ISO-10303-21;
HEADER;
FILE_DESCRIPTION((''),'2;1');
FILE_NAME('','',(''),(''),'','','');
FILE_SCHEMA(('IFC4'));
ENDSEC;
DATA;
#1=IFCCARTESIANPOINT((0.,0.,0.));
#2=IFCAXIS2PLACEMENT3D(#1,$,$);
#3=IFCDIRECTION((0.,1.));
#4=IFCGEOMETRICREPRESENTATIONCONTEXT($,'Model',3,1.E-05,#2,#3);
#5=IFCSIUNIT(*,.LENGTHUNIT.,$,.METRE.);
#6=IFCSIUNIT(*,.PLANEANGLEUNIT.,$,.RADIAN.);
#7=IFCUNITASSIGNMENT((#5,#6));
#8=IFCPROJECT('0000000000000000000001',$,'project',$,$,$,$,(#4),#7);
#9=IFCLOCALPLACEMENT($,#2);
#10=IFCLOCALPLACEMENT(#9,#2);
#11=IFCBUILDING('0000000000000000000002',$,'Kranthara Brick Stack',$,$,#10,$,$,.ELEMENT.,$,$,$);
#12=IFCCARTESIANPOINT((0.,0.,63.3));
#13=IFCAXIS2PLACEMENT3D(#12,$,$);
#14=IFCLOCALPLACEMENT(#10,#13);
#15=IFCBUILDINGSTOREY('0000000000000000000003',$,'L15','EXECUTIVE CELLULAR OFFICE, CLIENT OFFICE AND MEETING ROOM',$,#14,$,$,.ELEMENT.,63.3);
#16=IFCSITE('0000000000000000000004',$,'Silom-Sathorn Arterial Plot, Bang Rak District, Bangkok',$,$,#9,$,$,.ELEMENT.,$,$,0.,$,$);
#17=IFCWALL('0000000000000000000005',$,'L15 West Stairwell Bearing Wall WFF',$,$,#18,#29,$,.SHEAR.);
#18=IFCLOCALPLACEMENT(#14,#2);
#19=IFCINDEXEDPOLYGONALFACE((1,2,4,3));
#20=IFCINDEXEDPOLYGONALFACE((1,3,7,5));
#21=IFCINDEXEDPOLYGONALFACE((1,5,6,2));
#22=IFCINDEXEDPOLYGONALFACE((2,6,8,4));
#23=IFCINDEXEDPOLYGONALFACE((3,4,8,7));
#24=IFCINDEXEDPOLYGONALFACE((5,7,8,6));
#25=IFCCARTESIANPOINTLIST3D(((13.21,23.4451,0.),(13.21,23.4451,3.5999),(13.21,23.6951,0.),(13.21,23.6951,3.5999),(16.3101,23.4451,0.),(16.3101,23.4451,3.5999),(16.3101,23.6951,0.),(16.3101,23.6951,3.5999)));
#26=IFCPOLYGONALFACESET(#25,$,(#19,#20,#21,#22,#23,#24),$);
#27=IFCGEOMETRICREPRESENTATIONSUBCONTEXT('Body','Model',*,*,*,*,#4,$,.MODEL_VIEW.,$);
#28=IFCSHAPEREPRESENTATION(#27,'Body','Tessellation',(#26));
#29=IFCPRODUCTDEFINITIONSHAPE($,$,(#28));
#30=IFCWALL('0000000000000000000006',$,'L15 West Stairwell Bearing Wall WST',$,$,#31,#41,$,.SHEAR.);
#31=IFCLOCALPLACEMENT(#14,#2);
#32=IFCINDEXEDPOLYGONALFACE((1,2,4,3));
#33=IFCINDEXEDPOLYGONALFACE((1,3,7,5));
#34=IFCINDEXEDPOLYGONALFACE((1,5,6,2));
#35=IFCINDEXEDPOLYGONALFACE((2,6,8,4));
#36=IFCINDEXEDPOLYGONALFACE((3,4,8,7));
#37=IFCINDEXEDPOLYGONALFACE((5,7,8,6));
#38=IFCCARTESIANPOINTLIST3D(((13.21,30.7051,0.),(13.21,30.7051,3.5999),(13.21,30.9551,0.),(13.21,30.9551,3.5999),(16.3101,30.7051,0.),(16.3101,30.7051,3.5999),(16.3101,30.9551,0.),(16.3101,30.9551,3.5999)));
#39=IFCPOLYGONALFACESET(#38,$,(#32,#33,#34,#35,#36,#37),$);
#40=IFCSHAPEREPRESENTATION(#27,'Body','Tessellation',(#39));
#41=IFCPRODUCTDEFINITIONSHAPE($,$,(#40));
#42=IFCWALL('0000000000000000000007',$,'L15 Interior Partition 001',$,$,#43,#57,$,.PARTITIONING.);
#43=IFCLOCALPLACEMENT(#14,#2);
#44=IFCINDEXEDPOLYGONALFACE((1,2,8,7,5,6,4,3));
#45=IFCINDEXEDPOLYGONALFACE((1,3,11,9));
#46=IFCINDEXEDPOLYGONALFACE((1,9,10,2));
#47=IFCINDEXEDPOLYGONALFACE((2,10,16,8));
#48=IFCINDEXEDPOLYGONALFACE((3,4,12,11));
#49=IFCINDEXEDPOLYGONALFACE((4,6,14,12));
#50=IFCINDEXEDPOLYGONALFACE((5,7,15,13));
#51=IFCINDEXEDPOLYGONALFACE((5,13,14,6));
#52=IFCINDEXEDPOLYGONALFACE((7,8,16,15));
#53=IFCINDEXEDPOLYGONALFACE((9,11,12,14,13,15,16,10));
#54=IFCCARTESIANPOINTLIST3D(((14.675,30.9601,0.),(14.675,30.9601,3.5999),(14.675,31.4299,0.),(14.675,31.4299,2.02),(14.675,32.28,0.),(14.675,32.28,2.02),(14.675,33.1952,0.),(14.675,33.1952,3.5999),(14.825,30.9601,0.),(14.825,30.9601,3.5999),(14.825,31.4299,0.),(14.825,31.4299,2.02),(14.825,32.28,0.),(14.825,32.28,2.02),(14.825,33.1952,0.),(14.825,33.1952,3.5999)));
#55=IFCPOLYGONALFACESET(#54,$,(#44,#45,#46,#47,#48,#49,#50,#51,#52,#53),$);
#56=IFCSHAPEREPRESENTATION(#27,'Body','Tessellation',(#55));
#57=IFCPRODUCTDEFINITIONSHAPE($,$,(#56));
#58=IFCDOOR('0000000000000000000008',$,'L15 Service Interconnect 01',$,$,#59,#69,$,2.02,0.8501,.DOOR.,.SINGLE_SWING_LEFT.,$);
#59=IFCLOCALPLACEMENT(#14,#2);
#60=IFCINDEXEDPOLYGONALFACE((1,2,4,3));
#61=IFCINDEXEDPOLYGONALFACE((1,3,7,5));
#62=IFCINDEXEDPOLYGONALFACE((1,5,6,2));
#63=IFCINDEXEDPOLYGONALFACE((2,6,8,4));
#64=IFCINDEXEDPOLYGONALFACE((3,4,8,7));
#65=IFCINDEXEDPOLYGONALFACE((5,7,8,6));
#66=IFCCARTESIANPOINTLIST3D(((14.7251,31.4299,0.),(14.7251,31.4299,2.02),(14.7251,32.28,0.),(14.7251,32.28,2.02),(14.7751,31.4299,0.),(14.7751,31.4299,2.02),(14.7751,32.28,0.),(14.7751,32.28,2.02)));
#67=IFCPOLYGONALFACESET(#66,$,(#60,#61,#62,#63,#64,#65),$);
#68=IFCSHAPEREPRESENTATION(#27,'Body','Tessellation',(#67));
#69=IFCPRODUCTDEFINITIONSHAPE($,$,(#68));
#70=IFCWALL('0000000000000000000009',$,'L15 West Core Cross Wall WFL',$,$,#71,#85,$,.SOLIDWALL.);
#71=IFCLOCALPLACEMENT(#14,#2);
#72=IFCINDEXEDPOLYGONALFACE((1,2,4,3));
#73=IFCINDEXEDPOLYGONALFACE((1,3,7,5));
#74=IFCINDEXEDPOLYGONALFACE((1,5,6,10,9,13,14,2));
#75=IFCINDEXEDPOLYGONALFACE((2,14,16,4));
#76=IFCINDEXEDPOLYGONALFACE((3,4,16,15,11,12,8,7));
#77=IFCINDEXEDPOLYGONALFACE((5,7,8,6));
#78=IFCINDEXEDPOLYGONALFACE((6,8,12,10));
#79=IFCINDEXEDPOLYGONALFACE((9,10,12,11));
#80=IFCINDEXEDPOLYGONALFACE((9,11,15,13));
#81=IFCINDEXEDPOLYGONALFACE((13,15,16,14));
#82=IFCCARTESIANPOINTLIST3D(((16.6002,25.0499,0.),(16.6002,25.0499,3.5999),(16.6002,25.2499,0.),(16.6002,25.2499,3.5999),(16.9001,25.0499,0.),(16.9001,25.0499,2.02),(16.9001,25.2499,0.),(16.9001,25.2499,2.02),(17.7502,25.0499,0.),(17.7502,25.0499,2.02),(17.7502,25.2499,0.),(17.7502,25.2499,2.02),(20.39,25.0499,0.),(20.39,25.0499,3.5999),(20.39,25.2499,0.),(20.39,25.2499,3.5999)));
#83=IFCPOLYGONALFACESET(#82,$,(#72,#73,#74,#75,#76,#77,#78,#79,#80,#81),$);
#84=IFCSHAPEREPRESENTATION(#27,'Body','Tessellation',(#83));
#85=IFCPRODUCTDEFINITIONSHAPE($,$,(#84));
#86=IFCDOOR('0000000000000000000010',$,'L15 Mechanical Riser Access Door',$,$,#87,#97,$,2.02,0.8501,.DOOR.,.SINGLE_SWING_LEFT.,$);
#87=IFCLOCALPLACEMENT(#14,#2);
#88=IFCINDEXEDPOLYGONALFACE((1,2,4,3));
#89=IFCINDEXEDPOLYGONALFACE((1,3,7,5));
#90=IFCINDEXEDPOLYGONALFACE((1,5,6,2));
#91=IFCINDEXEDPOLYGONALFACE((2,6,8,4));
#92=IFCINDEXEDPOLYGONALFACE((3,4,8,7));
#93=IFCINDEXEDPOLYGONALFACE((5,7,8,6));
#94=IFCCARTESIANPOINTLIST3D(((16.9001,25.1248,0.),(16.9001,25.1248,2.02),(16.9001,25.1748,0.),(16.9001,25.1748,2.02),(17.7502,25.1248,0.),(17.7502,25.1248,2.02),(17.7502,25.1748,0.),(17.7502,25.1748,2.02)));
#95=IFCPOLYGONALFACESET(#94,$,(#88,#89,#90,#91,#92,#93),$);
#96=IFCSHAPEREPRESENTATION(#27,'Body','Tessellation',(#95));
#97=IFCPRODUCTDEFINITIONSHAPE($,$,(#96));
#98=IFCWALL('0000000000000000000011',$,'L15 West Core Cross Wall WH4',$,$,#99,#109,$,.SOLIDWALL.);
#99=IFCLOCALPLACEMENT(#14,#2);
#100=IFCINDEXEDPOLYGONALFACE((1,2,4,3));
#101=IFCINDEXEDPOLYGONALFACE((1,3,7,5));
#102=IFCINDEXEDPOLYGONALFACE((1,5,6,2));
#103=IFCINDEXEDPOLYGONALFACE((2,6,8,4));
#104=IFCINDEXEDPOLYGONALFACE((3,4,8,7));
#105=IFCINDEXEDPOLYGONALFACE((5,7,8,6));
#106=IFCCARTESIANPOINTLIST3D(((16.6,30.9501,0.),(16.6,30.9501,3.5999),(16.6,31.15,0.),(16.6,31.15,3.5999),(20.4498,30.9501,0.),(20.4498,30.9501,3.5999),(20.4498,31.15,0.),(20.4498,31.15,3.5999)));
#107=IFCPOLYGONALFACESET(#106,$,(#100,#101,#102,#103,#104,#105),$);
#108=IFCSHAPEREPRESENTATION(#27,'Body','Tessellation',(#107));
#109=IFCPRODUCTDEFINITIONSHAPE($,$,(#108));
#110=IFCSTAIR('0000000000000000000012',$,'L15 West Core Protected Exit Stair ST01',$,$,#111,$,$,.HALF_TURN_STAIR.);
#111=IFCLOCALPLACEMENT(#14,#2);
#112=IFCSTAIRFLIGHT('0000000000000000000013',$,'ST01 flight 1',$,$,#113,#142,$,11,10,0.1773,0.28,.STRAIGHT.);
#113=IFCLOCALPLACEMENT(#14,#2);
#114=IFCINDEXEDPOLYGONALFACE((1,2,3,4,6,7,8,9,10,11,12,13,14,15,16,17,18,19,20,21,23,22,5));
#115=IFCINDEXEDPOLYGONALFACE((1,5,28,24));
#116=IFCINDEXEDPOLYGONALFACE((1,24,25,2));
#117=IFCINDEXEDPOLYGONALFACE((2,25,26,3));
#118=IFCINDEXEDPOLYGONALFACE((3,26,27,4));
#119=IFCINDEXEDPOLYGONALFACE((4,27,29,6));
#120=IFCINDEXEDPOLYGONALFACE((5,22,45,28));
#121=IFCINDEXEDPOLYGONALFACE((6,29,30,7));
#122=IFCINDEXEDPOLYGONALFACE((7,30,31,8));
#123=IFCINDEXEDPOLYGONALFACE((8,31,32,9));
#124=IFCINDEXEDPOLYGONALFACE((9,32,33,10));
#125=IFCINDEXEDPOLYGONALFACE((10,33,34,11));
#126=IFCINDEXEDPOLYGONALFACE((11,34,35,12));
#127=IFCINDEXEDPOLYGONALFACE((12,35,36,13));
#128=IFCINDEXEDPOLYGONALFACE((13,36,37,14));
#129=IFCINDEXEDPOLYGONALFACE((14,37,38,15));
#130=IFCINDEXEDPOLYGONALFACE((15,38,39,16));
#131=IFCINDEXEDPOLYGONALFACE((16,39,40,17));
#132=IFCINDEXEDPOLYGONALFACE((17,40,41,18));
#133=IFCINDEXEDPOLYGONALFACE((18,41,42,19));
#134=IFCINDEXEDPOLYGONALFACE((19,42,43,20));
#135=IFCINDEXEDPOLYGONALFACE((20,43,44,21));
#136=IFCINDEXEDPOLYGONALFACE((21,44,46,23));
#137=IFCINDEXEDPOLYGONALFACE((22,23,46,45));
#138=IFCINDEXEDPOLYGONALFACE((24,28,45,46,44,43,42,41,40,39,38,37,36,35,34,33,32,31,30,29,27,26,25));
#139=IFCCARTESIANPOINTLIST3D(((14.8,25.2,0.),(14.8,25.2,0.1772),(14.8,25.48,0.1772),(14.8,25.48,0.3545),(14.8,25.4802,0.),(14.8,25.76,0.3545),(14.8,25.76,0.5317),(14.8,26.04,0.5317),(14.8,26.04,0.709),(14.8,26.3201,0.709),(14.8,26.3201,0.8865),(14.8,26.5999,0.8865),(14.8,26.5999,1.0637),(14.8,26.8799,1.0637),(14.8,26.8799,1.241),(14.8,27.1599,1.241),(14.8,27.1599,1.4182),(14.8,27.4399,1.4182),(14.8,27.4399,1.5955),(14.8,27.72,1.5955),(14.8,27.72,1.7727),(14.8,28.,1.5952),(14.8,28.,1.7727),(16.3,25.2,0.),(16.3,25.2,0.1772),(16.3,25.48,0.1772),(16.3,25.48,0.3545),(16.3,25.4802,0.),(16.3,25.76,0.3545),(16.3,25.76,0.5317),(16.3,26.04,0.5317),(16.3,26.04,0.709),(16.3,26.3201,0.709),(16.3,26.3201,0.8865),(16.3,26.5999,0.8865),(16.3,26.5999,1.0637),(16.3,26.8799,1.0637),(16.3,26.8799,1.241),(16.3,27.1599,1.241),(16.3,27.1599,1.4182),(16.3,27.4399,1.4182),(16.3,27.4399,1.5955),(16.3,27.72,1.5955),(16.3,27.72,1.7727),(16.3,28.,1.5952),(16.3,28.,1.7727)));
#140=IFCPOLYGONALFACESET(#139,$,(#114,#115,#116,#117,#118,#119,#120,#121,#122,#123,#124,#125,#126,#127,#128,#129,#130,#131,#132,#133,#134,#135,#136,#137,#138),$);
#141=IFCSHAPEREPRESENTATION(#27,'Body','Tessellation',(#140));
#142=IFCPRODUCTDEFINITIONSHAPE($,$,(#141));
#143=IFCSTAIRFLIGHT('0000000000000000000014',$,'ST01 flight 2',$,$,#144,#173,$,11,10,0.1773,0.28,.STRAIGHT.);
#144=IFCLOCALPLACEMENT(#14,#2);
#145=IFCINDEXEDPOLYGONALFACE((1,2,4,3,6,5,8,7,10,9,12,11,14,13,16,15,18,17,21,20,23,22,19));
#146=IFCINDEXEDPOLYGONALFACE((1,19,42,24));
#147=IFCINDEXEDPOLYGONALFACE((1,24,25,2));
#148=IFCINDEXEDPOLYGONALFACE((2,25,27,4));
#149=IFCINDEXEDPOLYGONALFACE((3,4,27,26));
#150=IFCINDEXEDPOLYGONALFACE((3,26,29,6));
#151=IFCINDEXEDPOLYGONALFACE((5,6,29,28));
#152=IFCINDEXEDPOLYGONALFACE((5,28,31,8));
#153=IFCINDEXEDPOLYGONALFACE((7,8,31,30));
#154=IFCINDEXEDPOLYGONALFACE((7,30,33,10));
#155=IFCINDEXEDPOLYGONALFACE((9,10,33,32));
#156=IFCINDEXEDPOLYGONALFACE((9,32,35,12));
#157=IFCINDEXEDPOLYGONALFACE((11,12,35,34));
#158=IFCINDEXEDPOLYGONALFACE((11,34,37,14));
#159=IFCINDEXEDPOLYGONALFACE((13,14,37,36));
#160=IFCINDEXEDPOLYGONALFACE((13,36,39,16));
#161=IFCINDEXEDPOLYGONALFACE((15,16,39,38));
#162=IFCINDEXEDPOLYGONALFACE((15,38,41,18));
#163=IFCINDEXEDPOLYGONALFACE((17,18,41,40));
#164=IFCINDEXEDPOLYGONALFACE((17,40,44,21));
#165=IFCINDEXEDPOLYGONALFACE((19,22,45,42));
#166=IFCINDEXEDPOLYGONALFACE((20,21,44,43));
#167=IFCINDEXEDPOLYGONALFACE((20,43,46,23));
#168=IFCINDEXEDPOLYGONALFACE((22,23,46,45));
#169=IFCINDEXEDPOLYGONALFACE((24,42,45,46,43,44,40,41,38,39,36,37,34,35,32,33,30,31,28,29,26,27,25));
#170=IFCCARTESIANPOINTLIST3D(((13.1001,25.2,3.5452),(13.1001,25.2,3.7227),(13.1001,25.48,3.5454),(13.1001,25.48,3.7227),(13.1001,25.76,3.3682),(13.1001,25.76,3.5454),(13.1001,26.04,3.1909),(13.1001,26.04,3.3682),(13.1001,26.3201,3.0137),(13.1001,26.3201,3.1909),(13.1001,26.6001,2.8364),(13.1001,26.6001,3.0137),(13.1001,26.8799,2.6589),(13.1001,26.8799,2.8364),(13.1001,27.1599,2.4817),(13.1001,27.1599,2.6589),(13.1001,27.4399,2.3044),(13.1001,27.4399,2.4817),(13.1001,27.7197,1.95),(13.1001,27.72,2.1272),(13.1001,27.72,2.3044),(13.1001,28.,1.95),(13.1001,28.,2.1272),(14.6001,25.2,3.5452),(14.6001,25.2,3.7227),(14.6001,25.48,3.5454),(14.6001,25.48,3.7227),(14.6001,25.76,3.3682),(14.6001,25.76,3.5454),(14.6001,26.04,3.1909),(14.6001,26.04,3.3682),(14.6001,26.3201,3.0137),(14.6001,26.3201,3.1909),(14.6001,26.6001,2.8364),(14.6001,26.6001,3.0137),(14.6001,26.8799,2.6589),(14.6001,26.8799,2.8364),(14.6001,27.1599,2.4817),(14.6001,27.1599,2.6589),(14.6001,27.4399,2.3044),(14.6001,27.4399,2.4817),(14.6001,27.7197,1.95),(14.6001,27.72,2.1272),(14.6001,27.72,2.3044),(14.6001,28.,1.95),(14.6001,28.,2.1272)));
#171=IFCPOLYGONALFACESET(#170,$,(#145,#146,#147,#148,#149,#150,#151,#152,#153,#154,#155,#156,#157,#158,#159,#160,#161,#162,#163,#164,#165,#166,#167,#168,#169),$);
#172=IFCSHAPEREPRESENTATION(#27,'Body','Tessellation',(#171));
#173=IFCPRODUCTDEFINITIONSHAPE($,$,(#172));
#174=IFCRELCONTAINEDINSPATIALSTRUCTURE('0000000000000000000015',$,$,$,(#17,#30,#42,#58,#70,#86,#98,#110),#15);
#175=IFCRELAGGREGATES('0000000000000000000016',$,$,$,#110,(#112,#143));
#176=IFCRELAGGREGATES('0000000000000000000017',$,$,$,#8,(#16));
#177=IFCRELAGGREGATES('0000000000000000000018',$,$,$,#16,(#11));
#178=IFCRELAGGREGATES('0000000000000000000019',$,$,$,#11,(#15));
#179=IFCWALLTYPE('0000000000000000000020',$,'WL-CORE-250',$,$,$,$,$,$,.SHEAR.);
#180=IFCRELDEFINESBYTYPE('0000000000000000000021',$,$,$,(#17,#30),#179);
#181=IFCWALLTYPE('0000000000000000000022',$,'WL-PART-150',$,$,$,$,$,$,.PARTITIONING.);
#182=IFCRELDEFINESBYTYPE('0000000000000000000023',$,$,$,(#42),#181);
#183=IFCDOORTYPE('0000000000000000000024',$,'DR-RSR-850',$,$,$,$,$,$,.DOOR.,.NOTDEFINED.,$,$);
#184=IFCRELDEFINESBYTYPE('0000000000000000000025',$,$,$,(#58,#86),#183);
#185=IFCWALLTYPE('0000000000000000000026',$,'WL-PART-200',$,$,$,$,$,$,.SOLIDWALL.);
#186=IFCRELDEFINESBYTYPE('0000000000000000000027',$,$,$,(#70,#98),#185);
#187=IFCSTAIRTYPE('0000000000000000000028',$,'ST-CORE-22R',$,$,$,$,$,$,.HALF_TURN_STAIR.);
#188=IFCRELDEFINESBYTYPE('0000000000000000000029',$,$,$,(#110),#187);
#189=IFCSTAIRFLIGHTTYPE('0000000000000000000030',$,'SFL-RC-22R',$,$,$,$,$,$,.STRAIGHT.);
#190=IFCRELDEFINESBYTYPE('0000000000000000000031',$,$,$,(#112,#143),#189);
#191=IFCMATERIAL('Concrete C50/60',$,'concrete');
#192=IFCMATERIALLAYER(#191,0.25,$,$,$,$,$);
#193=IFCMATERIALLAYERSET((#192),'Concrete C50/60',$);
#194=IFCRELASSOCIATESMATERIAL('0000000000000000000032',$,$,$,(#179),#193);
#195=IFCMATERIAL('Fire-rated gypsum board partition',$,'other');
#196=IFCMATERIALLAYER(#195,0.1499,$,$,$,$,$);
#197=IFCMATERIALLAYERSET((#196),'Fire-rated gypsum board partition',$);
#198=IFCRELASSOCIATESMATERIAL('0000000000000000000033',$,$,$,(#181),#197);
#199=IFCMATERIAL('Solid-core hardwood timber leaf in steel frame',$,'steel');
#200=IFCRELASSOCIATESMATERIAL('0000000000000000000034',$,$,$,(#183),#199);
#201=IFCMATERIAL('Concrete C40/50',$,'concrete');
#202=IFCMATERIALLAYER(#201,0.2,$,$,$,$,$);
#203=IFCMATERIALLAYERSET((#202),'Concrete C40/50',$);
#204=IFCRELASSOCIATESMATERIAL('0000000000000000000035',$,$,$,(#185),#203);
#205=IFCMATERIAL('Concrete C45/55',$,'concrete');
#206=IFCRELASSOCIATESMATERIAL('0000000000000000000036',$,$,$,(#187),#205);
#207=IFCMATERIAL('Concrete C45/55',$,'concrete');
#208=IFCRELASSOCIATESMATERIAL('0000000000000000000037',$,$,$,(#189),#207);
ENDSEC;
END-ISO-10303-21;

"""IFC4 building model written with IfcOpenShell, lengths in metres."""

from ifc_helpers import new_model, si_unit, direction, frame, frame_2d, origin, place, context, subcontext, project, spatial, polyline, rectangle, outline, extrude, material, layer, layer_set, type_object, element, fill, aggregate, save


model = new_model("IFC4")

# Units and contexts
model_context = context("Model", 3, precision=1e-05, world=origin(), true_north=direction((0.0, 1.0)))
body_context = subcontext(model_context, "Body", "Model", "MODEL_VIEW")
ifc_project = project(units=[si_unit("LENGTHUNIT", "METRE"), si_unit("PLANEANGLEUNIT", "RADIAN")], contexts=[model_context])

# Site, building, storey
site_placement = place(None, origin())
site = spatial("IfcSite", under=ifc_project, at=site_placement, Name="Silom-Sathorn Arterial Plot, Bang Rak District, Bangkok", CompositionType="ELEMENT", RefElevation=0.0)
building_placement = place(site_placement, origin())
building = spatial("IfcBuilding", under=site, at=building_placement, Name="Kranthara Brick Stack", CompositionType="ELEMENT")
storey_placement = place(building_placement, frame((0.0, 0.0, 63.3)))
storey = spatial("IfcBuildingStorey", under=building, at=storey_placement, Name="L15", Description="EXECUTIVE CELLULAR OFFICE, CLIENT OFFICE AND MEETING ROOM", CompositionType="ELEMENT", Elevation=63.3)

# Walls
ifc_material_1 = material(Name="Concrete C50/60", Category="concrete")
ifc_layer_1 = layer(ifc_material_1, 0.25)
ifc_layer_set_1 = layer_set([ifc_layer_1], Name="Concrete C50/60")
wall_type_1 = type_object("IfcWallType", Name="WL-CORE-250", PredefinedType="SHEAR", material=ifc_layer_set_1)
for number, where, z_axis, x_axis, name in (
    (1, (13.21, 23.5701, 0.0), (0.0, 0.0, 1.0), (1.0, 0.0, 0.0), "L15 West Stairwell Bearing Wall WFF"),
    (2, (13.21, 30.8301, 0.0), (0.0, 0.0, 1.0), (1.0, 0.0, 0.0), "L15 West Stairwell Bearing Wall WST"),
):
    element("IfcWall", number, at=place(storey_placement, frame(where, z_axis=z_axis, x_axis=x_axis)), inside=storey, type_object=wall_type_1, Name=name, PredefinedType="SHEAR", context=body_context, shape_type="SweptSolid", body=[
        extrude(rectangle(XDim=3.1001, YDim=0.25, at=frame_2d((1.55, 0.0))), origin(), (0.0, 0.0, 1.0), 3.5999),
    ])

# Walls, openings, doors
ifc_material_2 = material(Name="Fire-rated gypsum board partition", Category="other")
ifc_layer_2 = layer(ifc_material_2, 0.1499)
ifc_layer_set_2 = layer_set([ifc_layer_2], Name="Fire-rated gypsum board partition")
wall_type_2 = type_object("IfcWallType", Name="WL-PART-150", PredefinedType="PARTITIONING", material=ifc_layer_set_2)
wall_1_placement = place(storey_placement, frame((14.75, 30.96, 0.0), z_axis=(0.0, 0.0, 1.0), x_axis=(0.0, 1.0, 0.0)))
wall_1 = element("IfcWall", 3, at=wall_1_placement, inside=storey, type_object=wall_type_2, Name="L15 Interior Partition 001", PredefinedType="PARTITIONING", context=body_context, shape_type="SweptSolid", body=[
    extrude(rectangle(XDim=2.2351, YDim=0.1499, at=frame_2d((1.1177, 0.0))), origin(), (0.0, 0.0, 1.0), 3.5999),
])
opening_1_placement = place(wall_1_placement, frame((0.47, 0.0, 0.0)))
opening_1 = element("IfcOpeningElement", 4, at=opening_1_placement, cuts=wall_1, PredefinedType="OPENING", context=body_context, shape_type="SweptSolid", body=[
    extrude(rectangle(XDim=0.8501, YDim=2.02, at=frame_2d((0.425, 1.01))), frame((0.0, 0.085, 0.0), z_axis=(0.0, -1.0, 0.0), x_axis=(1.0, 0.0, 0.0)), (0.0, 0.0, 1.0), 0.1699),
])
ifc_material_3 = material(Name="Solid-core hardwood timber leaf in steel frame", Category="steel")
door_type = type_object("IfcDoorType", Name="DR-RSR-850", OperationType="NOTDEFINED", PredefinedType="DOOR", material=ifc_material_3)
door_1_placement = place(opening_1_placement, origin())
door_1 = element("IfcDoor", 5, at=door_1_placement, inside=storey, type_object=door_type, Name="L15 Service Interconnect 01", OperationType="SINGLE_SWING_LEFT", OverallHeight=2.02, OverallWidth=0.8501, PredefinedType="DOOR", context=body_context, shape_type="SweptSolid", body=[
    extrude(rectangle(XDim=0.8501, YDim=2.02, at=frame_2d((0.425, 1.01))), frame((0.0, 0.0249, 0.0), z_axis=(0.0, -1.0, 0.0), x_axis=(1.0, 0.0, 0.0)), (0.0, 0.0, 1.0), 0.05),
])
fill(opening_1, door_1)
ifc_material_4 = material(Name="Concrete C40/50", Category="concrete")
ifc_layer_3 = layer(ifc_material_4, 0.2)
ifc_layer_set_3 = layer_set([ifc_layer_3], Name="Concrete C40/50")
wall_type_3 = type_object("IfcWallType", Name="WL-PART-200", PredefinedType="SOLIDWALL", material=ifc_layer_set_3)
wall_2_placement = place(storey_placement, frame((16.6001, 25.1499, 0.0), z_axis=(0.0, 0.0, 1.0), x_axis=(1.0, 0.0, 0.0)))
wall_2 = element("IfcWall", 6, at=wall_2_placement, inside=storey, type_object=wall_type_3, Name="L15 West Core Cross Wall WFL", PredefinedType="SOLIDWALL", context=body_context, shape_type="SweptSolid", body=[
    extrude(rectangle(XDim=3.7898, YDim=0.2, at=frame_2d((1.895, 0.0))), origin(), (0.0, 0.0, 1.0), 3.5999),
])
opening_2_placement = place(wall_2_placement, frame((0.3, 0.0, 0.0)))
opening_2 = element("IfcOpeningElement", 7, at=opening_2_placement, cuts=wall_2, PredefinedType="OPENING", context=body_context, shape_type="SweptSolid", body=[
    extrude(rectangle(XDim=0.8501, YDim=2.02, at=frame_2d((0.425, 1.01))), frame((0.0, 0.1099, 0.0), z_axis=(0.0, -1.0, 0.0), x_axis=(1.0, 0.0, 0.0)), (0.0, 0.0, 1.0), 0.22),
])
door_2_placement = place(opening_2_placement, origin())
door_2 = element("IfcDoor", 8, at=door_2_placement, inside=storey, type_object=door_type, Name="L15 Mechanical Riser Access Door", OperationType="SINGLE_SWING_LEFT", OverallHeight=2.02, OverallWidth=0.8501, PredefinedType="DOOR", context=body_context, shape_type="SweptSolid", body=[
    extrude(rectangle(XDim=0.8501, YDim=2.02, at=frame_2d((0.425, 1.01))), frame((0.0, 0.0249, 0.0), z_axis=(0.0, -1.0, 0.0), x_axis=(1.0, 0.0, 0.0)), (0.0, 0.0, 1.0), 0.05),
])
fill(opening_2, door_2)

# Wall
wall_3_placement = place(storey_placement, frame((16.6001, 31.05, 0.0), z_axis=(0.0, 0.0, 1.0), x_axis=(1.0, 0.0, 0.0)))
element("IfcWall", 9, at=wall_3_placement, inside=storey, type_object=wall_type_3, Name="L15 West Core Cross Wall WH4", PredefinedType="SOLIDWALL", context=body_context, shape_type="SweptSolid", body=[
    extrude(rectangle(XDim=3.8499, YDim=0.2, at=frame_2d((1.9248, 0.0))), origin(), (0.0, 0.0, 1.0), 3.5999),
])

# Stair, stair flights
ifc_material_5 = material(Name="Concrete C45/55", Category="concrete")
stair_type = type_object("IfcStairType", Name="ST-CORE-22R", PredefinedType="HALF_TURN_STAIR", material=ifc_material_5)
stair_placement = place(storey_placement, origin())
stair = element("IfcStair", 10, at=stair_placement, inside=storey, type_object=stair_type, Name="L15 West Core Protected Exit Stair ST01", PredefinedType="HALF_TURN_STAIR")
ifc_material_6 = material(Name="Concrete C45/55", Category="concrete")
stair_flight_type = type_object("IfcStairFlightType", Name="SFL-RC-22R", PredefinedType="STRAIGHT", material=ifc_material_6)
stair_flight_1_placement = place(storey_placement, frame((15.55, 25.2, 0.0), z_axis=(0.0, 0.0, 1.0), x_axis=(0.0, 1.0, 0.0)))
stair_flight_1 = element("IfcStairFlight", 11, at=stair_flight_1_placement, type_object=stair_flight_type, Name="ST01 flight 1", NumberOfRisers=11, NumberOfTreads=10, PredefinedType="STRAIGHT", RiserHeight=0.1773, TreadLength=0.28, context=body_context, shape_type="SweptSolid", body=[
    extrude(outline(polyline([(0.0, 0.0), (0.0, 0.1772), (0.28, 0.1772), (0.28, 0.3545), (0.5601, 0.3545), (0.5601, 0.5317), (0.8401, 0.5317), (0.8401, 0.709), (1.1201, 0.709), (1.1201, 0.8865), (1.3999, 0.8865), (1.3999, 1.0637), (1.6799, 1.0637), (1.6799, 1.241), (1.96, 1.241), (1.96, 1.4182), (2.24, 1.4182), (2.24, 1.5955), (2.52, 1.5955), (2.52, 1.7727), (2.8, 1.7727), (2.8, 1.95), (2.8, 1.5952), (0.2803, 0.0), (0.0, 0.0)])), frame((0.0, 0.75, 0.0), z_axis=(0.0, -1.0, 0.0), x_axis=(1.0, 0.0, 0.0)), (0.0, 0.0, 1.0), 1.5),
])
stair_flight_2_placement = place(storey_placement, frame((13.8501, 28.0, 1.95), z_axis=(0.0, 0.0, 1.0), x_axis=(0.0, -1.0, 0.0)))
stair_flight_2 = element("IfcStairFlight", 12, at=stair_flight_2_placement, type_object=stair_flight_type, Name="ST01 flight 2", NumberOfRisers=11, NumberOfTreads=10, PredefinedType="STRAIGHT", RiserHeight=0.1773, TreadLength=0.28, context=body_context, shape_type="SweptSolid", body=[
    extrude(outline(polyline([(0.0, 0.0), (0.0, 0.1772), (0.28, 0.1772), (0.28, 0.3545), (0.5601, 0.3545), (0.5601, 0.5317), (0.8401, 0.5317), (0.8401, 0.709), (1.1201, 0.709), (1.1201, 0.8865), (1.3999, 0.8865), (1.3999, 1.0637), (1.6799, 1.0637), (1.6799, 1.241), (1.96, 1.241), (1.96, 1.4182), (2.24, 1.4182), (2.24, 1.5955), (2.52, 1.5955), (2.52, 1.7727), (2.8, 1.7727), (2.8, 1.95), (2.8, 1.5952), (0.2803, 0.0), (0.0, 0.0)])), frame((0.0, 0.75, 0.0), z_axis=(0.0, -1.0, 0.0), x_axis=(1.0, 0.0, 0.0)), (0.0, 0.0, 1.0), 1.5),
])
aggregate(stair, [stair_flight_1, stair_flight_2])

save(model, "model.ifc")
